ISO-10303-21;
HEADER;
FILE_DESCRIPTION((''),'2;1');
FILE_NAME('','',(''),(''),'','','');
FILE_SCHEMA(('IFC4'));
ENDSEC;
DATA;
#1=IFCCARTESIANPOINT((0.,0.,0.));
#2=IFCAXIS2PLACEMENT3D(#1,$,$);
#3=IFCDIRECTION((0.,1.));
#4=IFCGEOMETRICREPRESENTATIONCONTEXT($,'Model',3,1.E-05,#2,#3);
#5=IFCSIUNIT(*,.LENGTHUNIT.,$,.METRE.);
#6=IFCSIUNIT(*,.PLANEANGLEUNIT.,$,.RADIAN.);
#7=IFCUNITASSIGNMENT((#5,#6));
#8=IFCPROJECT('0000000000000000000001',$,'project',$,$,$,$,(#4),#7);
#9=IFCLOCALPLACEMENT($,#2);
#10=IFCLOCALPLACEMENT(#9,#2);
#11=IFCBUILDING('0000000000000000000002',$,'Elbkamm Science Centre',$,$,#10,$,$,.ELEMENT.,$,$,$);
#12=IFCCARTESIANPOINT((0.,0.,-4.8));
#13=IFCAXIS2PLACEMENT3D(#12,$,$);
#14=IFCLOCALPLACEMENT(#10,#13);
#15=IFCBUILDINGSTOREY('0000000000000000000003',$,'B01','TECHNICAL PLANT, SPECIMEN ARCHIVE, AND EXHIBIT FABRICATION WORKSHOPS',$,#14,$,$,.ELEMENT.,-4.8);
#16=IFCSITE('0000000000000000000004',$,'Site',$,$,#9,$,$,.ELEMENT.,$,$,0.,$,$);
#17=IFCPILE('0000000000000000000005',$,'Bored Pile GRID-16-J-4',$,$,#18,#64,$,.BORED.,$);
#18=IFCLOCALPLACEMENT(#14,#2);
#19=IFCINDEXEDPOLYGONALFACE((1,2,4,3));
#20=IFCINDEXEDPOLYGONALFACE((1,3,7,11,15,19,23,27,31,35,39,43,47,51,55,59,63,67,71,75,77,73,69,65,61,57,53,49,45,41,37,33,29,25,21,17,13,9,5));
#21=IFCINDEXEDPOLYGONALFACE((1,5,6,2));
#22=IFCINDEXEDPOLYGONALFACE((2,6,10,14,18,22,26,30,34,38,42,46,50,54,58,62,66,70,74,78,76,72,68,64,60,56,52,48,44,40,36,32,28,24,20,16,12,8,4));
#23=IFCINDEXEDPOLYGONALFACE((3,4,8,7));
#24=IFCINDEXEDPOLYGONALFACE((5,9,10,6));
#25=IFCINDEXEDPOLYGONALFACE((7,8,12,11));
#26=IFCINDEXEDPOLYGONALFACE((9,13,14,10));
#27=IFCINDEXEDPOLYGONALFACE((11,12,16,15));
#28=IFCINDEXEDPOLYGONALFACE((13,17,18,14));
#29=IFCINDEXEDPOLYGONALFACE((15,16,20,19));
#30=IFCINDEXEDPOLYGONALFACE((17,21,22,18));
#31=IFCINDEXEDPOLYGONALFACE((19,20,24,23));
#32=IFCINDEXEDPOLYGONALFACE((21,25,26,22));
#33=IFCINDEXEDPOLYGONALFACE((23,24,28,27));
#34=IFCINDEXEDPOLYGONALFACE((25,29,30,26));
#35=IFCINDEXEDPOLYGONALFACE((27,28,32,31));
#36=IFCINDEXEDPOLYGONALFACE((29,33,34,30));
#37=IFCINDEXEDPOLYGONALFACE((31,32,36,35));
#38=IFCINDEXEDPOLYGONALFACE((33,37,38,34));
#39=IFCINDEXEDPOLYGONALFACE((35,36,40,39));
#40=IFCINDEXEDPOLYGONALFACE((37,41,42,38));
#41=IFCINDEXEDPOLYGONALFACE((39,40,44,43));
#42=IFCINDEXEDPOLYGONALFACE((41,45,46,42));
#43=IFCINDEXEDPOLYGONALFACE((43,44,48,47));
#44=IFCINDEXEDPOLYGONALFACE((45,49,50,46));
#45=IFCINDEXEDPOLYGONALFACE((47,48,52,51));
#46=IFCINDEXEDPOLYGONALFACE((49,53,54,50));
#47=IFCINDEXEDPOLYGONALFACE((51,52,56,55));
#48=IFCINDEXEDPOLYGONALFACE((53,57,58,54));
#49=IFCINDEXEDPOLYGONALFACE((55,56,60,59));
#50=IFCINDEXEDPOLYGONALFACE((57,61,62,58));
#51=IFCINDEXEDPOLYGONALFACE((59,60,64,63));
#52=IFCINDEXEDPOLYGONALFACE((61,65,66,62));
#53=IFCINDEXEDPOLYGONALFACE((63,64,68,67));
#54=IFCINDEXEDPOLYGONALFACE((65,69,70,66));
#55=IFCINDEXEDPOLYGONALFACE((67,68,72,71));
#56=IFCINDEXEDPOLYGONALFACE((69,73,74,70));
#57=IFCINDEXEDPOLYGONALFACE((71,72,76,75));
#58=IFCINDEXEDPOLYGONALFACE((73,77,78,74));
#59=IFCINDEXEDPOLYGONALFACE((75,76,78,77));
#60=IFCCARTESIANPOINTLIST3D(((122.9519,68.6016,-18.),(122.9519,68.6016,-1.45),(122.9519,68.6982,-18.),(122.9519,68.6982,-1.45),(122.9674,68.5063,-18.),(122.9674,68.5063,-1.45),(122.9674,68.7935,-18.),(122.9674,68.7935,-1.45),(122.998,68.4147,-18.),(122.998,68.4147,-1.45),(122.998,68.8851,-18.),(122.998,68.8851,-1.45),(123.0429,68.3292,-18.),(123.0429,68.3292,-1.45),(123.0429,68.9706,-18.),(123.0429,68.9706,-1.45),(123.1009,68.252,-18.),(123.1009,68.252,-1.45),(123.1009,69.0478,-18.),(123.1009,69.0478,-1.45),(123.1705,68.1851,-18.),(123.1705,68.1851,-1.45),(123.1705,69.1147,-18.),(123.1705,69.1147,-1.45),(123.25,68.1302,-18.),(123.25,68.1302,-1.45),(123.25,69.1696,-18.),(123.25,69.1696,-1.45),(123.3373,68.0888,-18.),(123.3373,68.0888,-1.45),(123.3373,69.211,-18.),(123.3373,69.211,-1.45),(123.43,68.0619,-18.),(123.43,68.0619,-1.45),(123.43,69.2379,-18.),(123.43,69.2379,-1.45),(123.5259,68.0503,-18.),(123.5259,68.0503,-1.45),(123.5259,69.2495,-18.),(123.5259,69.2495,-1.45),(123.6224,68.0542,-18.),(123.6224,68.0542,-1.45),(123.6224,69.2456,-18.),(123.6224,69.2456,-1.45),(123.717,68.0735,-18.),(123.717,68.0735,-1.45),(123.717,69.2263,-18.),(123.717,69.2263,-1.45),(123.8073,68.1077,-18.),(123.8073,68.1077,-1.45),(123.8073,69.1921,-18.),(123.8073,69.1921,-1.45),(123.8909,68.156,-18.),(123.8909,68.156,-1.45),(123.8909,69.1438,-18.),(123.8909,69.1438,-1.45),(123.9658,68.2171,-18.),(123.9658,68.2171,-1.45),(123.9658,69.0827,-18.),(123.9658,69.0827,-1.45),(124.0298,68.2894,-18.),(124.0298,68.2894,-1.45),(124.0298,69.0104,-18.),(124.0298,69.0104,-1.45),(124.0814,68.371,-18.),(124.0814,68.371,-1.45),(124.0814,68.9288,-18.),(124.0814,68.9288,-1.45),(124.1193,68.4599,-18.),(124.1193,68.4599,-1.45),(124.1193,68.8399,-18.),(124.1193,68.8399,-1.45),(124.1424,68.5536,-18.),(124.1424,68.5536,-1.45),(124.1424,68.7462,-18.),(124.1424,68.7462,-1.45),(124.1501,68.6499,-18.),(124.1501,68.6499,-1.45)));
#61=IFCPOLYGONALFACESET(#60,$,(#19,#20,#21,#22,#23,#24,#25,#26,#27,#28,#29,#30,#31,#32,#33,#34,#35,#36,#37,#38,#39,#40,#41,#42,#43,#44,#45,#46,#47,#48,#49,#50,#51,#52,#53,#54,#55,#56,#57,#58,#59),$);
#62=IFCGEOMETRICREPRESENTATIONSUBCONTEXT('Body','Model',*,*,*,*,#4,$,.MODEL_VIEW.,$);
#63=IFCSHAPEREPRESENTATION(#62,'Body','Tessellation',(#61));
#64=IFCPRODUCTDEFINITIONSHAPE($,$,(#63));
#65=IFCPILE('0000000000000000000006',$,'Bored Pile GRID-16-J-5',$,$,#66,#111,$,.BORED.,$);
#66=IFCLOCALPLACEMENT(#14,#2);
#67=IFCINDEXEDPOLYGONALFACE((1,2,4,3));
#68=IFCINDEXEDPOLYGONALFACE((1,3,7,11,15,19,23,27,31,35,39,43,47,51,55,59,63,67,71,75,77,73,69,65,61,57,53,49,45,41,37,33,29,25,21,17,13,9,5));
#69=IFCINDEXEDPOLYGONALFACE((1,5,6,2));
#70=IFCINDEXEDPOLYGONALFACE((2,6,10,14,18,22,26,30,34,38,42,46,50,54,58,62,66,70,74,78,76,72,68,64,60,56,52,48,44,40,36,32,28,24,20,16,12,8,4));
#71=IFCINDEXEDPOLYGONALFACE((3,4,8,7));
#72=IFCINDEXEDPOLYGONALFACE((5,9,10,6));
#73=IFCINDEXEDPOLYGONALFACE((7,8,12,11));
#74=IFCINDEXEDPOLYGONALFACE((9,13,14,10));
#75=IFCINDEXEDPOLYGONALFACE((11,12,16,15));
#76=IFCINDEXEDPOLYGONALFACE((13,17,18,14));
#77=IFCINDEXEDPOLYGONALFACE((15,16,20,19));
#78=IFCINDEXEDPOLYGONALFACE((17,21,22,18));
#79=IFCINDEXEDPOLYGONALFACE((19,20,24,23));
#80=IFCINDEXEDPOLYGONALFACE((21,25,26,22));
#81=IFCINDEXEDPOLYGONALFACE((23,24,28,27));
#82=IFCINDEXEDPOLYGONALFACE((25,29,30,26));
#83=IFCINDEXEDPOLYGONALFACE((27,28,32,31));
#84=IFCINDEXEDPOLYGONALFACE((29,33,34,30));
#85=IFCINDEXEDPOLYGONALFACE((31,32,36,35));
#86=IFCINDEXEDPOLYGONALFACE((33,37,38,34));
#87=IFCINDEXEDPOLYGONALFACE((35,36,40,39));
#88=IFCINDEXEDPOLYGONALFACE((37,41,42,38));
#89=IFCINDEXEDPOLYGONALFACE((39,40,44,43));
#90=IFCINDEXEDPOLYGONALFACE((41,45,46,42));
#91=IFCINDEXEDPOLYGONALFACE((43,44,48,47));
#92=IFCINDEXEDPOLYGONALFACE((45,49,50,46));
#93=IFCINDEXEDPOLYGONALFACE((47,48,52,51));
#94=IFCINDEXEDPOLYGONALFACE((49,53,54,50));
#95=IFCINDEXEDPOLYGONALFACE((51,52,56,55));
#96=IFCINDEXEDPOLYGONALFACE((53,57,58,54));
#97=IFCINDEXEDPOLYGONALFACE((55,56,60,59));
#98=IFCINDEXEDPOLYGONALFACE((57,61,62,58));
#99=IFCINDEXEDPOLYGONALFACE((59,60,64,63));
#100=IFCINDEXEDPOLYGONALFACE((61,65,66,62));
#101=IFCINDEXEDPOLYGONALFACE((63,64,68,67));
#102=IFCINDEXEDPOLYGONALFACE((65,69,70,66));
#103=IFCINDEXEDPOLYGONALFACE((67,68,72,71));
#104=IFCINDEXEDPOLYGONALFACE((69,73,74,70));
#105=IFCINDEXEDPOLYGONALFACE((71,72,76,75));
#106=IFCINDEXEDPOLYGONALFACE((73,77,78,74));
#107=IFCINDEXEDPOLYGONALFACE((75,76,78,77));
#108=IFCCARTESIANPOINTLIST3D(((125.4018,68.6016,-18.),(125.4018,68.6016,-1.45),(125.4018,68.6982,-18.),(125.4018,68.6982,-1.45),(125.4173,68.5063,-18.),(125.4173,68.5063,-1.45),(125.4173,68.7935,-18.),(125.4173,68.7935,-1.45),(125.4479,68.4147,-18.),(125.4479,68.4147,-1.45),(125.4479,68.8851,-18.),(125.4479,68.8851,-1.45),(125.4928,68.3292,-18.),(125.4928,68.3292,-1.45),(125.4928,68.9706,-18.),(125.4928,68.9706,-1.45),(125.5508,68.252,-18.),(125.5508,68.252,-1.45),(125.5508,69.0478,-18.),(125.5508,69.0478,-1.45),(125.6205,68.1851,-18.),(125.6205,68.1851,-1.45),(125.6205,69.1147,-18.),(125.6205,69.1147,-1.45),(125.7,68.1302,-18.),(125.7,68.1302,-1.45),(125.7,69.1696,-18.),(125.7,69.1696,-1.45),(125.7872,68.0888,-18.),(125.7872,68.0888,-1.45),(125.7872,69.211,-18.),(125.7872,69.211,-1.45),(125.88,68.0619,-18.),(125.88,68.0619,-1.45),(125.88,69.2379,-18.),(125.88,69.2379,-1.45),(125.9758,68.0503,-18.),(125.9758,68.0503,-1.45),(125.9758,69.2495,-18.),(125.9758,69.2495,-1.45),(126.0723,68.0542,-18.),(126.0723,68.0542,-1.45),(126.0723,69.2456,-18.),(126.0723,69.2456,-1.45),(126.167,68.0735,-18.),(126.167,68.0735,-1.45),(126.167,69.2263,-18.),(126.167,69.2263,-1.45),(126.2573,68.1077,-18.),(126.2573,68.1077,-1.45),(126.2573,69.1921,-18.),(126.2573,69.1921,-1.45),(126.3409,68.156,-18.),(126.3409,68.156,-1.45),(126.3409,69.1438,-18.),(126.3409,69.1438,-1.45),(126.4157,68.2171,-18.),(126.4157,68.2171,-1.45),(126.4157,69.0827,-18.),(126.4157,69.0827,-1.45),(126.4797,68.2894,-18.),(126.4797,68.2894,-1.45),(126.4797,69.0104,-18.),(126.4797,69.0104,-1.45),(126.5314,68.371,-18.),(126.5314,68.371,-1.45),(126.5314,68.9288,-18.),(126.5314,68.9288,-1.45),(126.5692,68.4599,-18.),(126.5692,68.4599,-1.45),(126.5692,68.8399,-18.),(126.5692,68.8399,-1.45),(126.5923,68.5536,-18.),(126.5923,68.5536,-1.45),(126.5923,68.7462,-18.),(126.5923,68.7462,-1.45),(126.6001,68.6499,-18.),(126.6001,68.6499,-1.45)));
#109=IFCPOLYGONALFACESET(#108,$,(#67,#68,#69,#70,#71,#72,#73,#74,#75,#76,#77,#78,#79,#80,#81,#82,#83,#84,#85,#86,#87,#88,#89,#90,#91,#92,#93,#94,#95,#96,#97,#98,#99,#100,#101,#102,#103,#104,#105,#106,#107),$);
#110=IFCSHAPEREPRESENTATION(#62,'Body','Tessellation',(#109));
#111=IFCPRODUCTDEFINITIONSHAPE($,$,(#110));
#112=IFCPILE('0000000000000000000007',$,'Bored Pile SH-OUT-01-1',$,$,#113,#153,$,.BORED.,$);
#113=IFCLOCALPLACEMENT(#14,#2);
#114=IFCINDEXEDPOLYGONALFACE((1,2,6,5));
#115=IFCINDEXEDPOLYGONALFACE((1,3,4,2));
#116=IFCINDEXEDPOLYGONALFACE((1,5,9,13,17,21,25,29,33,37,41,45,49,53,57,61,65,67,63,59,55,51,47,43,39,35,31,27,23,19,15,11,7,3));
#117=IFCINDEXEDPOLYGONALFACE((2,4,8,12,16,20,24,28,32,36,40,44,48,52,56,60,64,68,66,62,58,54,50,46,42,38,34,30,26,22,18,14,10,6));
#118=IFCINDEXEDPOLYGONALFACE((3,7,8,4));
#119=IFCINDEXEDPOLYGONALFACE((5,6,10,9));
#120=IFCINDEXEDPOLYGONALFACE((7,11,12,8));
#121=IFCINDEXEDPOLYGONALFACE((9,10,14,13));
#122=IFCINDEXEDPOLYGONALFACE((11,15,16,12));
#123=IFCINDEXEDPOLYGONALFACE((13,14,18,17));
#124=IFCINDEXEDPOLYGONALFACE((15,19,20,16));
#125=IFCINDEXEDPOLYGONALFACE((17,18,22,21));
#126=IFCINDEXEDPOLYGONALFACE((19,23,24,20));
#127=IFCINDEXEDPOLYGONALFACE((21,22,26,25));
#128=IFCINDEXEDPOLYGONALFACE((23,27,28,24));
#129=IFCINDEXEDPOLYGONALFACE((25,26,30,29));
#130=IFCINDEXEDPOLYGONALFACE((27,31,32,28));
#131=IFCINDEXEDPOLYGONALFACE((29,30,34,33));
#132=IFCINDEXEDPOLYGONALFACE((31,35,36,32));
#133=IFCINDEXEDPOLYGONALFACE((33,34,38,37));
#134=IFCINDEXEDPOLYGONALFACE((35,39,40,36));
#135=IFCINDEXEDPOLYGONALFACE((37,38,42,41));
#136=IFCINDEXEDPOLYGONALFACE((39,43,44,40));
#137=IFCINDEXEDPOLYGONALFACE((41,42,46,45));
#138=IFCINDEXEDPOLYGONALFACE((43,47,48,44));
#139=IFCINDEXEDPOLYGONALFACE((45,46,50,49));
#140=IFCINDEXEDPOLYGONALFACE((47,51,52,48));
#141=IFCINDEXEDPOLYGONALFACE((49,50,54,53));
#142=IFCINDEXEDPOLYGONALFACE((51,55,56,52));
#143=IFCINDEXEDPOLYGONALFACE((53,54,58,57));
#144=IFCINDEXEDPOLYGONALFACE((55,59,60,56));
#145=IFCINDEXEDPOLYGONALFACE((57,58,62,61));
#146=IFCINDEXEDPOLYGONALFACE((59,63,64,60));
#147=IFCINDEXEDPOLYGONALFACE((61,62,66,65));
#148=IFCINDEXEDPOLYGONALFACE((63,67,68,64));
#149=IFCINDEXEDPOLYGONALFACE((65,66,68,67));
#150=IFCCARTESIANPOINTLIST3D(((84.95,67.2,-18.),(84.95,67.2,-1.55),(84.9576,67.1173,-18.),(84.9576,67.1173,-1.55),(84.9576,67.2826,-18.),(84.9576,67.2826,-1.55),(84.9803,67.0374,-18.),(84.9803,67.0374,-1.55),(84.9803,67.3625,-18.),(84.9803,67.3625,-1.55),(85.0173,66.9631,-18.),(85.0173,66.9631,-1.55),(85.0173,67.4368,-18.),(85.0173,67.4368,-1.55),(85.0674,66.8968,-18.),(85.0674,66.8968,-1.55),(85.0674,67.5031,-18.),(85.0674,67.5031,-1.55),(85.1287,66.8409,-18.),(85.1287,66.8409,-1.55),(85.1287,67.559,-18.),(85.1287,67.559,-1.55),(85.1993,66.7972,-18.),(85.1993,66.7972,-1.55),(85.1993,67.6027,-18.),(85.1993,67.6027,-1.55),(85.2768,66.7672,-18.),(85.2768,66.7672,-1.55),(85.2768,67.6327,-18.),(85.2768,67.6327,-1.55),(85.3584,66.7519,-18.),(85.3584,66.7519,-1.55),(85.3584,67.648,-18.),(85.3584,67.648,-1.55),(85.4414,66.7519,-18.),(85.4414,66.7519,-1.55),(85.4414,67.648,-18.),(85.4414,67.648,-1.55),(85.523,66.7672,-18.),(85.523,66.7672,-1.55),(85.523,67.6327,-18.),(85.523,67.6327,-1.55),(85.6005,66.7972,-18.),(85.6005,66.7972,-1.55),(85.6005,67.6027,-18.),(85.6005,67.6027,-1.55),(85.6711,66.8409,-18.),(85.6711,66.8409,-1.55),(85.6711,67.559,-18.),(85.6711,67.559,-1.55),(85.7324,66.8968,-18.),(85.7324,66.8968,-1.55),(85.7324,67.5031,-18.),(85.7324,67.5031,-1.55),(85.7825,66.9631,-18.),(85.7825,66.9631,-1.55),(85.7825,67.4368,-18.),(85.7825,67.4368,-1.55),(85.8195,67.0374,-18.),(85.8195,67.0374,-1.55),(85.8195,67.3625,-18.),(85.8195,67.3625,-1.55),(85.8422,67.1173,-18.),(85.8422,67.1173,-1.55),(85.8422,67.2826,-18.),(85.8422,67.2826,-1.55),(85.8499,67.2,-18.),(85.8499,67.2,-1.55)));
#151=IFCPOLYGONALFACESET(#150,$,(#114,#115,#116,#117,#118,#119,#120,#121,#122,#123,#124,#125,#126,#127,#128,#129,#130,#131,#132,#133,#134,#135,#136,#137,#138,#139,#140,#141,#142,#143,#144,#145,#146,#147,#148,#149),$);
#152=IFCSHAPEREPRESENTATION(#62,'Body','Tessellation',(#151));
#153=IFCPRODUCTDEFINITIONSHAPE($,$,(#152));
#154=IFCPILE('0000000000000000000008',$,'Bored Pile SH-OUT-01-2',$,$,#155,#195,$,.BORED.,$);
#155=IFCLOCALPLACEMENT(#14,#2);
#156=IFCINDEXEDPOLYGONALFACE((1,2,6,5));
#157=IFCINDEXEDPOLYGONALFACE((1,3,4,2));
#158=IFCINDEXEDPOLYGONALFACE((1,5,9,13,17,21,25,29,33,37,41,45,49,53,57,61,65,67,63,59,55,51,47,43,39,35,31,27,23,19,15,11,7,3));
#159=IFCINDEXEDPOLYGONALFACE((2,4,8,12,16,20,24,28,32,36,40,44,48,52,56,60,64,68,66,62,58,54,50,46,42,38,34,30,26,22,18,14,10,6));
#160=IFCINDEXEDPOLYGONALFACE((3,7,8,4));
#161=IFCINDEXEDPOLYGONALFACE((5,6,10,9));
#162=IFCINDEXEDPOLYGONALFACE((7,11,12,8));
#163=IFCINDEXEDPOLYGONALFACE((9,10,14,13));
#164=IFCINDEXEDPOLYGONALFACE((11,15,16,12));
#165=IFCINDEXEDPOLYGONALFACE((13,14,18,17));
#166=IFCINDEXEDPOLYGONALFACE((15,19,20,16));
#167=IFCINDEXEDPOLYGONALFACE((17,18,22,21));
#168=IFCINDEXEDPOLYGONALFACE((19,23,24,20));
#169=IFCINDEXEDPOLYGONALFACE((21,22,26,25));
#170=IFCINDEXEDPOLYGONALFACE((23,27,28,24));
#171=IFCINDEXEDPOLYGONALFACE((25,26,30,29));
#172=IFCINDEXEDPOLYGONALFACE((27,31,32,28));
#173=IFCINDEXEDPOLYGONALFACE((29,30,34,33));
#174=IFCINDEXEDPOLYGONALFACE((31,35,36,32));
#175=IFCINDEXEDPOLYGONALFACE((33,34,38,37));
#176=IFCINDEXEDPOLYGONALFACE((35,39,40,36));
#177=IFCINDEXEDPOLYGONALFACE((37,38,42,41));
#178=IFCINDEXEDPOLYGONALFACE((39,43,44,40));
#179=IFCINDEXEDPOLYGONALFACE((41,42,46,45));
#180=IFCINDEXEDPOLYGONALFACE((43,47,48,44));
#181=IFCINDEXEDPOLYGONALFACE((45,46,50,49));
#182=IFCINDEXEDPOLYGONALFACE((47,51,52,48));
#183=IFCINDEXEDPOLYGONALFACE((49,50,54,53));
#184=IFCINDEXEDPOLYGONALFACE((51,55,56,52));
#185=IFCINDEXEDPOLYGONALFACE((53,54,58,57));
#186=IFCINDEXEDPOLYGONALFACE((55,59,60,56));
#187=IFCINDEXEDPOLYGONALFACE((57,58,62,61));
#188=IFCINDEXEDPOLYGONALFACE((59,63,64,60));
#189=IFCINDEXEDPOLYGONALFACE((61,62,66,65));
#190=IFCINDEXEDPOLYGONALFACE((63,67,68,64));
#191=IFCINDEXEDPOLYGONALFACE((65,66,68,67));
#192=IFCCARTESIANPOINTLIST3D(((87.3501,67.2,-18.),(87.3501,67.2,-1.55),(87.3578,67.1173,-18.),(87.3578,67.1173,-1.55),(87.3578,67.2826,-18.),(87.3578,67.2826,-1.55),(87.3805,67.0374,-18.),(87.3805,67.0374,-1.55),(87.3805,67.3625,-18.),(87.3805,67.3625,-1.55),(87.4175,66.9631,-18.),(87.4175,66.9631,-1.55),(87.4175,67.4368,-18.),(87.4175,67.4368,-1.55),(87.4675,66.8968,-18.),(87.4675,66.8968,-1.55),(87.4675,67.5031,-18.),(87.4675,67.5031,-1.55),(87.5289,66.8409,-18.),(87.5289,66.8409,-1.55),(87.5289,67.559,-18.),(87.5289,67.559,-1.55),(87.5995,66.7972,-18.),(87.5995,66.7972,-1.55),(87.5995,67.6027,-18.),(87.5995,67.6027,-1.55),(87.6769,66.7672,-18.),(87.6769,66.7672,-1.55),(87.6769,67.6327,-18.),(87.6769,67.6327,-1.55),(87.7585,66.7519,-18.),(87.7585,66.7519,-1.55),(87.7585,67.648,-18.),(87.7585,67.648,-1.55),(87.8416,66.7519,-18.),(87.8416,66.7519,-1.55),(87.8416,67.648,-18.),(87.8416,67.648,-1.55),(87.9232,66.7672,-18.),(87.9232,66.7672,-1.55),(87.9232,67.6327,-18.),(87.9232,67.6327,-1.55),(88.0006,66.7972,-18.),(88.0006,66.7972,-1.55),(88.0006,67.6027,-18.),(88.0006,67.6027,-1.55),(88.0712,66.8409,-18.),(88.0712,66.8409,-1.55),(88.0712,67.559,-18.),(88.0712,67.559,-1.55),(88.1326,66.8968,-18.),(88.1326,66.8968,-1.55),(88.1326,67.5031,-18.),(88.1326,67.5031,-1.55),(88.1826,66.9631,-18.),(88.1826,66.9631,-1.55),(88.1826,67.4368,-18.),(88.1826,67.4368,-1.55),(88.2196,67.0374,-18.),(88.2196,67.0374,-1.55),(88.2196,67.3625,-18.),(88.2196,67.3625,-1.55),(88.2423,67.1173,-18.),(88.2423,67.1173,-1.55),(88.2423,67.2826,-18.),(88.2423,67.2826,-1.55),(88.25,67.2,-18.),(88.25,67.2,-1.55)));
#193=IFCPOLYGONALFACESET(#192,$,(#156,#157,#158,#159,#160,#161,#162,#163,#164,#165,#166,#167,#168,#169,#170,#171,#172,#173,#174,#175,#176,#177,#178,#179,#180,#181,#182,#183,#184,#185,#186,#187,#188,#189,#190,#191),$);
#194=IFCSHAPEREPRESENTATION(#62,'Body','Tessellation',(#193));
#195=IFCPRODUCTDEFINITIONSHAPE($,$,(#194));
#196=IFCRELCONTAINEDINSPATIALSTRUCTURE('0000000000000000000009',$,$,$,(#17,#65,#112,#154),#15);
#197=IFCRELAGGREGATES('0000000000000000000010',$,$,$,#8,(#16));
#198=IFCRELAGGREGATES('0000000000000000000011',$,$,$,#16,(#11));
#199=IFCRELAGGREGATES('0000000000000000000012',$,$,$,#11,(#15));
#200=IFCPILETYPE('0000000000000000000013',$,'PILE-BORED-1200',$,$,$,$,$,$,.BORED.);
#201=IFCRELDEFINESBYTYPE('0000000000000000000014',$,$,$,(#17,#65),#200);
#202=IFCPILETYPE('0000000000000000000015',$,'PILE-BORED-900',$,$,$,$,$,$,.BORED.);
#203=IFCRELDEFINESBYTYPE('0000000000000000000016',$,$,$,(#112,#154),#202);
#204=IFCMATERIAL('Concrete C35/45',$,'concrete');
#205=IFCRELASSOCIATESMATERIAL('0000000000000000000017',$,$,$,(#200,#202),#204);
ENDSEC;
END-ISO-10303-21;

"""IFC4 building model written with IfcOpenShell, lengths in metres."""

from ifc_helpers import new_model, si_unit, direction, frame, origin, origin_2d, place, context, subcontext, project, spatial, circle, extrude, material, material_profile, profile_set, type_object, element, save


model = new_model("IFC4")

# Units and contexts
model_context = context("Model", 3, precision=1e-05, world=origin(), true_north=direction((0.0, 1.0)))
body_context = subcontext(model_context, "Body", "Model", "MODEL_VIEW")
ifc_project = project(units=[si_unit("LENGTHUNIT", "METRE"), si_unit("PLANEANGLEUNIT", "RADIAN")], contexts=[model_context])

# Site, building, storey
site_placement = place(None, origin())
site = spatial("IfcSite", under=ifc_project, at=site_placement, Name="Site", CompositionType="ELEMENT", RefElevation=0.0)
building_placement = place(site_placement, origin())
building = spatial("IfcBuilding", under=site, at=building_placement, Name="Elbkamm Science Centre", CompositionType="ELEMENT")
storey_placement = place(building_placement, frame((0.0, 0.0, -4.8)))
storey = spatial("IfcBuildingStorey", under=building, at=storey_placement, Name="B01", Description="TECHNICAL PLANT, SPECIMEN ARCHIVE, AND EXHIBIT FABRICATION WORKSHOPS", CompositionType="ELEMENT", Elevation=-4.8)

# Shared definitions
ifc_material_1 = material(Name="Concrete C35/45", Category="concrete")

# Piles
ifc_material_profile_1 = material_profile(ifc_material_1, circle(Radius=0.6001, at=origin_2d()), Name="PILE D1200")
ifc_profile_set_1 = profile_set([ifc_material_profile_1], Name="Concrete C35/45")
pile_type_1 = type_object("IfcPileType", Name="PILE-BORED-1200", PredefinedType="BORED", material=ifc_profile_set_1)
for number, where, z_axis, x_axis, name in (
    (1, (123.55, 68.6499, -1.45), (0.0, 0.0, -1.0), (1.0, 0.0, 0.0), "Bored Pile GRID-16-J-4"),
    (2, (126.0, 68.6499, -1.45), (0.0, 0.0, -1.0), (1.0, 0.0, 0.0), "Bored Pile GRID-16-J-5"),
):
    element("IfcPile", number, at=place(storey_placement, frame(where, z_axis=z_axis, x_axis=x_axis)), inside=storey, type_object=pile_type_1, Name=name, PredefinedType="BORED", context=body_context, shape_type="SweptSolid", body=[
        extrude(circle(Radius=0.6001, at=origin_2d()), origin(), (0.0, 0.0, 1.0), 16.55),
    ])
ifc_material_profile_2 = material_profile(ifc_material_1, circle(Radius=0.45, at=origin_2d()), Name="PILE D900")
ifc_profile_set_2 = profile_set([ifc_material_profile_2], Name="Concrete C35/45")
pile_type_2 = type_object("IfcPileType", Name="PILE-BORED-900", PredefinedType="BORED", material=ifc_profile_set_2)
for number, where, z_axis, x_axis, name in (
    (3, (85.3999, 67.2, -1.55), (0.0, 0.0, -1.0), (1.0, 0.0, 0.0), "Bored Pile SH-OUT-01-1"),
    (4, (87.8, 67.2, -1.55), (0.0, 0.0, -1.0), (1.0, 0.0, 0.0), "Bored Pile SH-OUT-01-2"),
):
    element("IfcPile", number, at=place(storey_placement, frame(where, z_axis=z_axis, x_axis=x_axis)), inside=storey, type_object=pile_type_2, Name=name, PredefinedType="BORED", context=body_context, shape_type="SweptSolid", body=[
        extrude(circle(Radius=0.45, at=origin_2d()), origin(), (0.0, 0.0, 1.0), 16.45),
    ])

save(model, "model.ifc")
